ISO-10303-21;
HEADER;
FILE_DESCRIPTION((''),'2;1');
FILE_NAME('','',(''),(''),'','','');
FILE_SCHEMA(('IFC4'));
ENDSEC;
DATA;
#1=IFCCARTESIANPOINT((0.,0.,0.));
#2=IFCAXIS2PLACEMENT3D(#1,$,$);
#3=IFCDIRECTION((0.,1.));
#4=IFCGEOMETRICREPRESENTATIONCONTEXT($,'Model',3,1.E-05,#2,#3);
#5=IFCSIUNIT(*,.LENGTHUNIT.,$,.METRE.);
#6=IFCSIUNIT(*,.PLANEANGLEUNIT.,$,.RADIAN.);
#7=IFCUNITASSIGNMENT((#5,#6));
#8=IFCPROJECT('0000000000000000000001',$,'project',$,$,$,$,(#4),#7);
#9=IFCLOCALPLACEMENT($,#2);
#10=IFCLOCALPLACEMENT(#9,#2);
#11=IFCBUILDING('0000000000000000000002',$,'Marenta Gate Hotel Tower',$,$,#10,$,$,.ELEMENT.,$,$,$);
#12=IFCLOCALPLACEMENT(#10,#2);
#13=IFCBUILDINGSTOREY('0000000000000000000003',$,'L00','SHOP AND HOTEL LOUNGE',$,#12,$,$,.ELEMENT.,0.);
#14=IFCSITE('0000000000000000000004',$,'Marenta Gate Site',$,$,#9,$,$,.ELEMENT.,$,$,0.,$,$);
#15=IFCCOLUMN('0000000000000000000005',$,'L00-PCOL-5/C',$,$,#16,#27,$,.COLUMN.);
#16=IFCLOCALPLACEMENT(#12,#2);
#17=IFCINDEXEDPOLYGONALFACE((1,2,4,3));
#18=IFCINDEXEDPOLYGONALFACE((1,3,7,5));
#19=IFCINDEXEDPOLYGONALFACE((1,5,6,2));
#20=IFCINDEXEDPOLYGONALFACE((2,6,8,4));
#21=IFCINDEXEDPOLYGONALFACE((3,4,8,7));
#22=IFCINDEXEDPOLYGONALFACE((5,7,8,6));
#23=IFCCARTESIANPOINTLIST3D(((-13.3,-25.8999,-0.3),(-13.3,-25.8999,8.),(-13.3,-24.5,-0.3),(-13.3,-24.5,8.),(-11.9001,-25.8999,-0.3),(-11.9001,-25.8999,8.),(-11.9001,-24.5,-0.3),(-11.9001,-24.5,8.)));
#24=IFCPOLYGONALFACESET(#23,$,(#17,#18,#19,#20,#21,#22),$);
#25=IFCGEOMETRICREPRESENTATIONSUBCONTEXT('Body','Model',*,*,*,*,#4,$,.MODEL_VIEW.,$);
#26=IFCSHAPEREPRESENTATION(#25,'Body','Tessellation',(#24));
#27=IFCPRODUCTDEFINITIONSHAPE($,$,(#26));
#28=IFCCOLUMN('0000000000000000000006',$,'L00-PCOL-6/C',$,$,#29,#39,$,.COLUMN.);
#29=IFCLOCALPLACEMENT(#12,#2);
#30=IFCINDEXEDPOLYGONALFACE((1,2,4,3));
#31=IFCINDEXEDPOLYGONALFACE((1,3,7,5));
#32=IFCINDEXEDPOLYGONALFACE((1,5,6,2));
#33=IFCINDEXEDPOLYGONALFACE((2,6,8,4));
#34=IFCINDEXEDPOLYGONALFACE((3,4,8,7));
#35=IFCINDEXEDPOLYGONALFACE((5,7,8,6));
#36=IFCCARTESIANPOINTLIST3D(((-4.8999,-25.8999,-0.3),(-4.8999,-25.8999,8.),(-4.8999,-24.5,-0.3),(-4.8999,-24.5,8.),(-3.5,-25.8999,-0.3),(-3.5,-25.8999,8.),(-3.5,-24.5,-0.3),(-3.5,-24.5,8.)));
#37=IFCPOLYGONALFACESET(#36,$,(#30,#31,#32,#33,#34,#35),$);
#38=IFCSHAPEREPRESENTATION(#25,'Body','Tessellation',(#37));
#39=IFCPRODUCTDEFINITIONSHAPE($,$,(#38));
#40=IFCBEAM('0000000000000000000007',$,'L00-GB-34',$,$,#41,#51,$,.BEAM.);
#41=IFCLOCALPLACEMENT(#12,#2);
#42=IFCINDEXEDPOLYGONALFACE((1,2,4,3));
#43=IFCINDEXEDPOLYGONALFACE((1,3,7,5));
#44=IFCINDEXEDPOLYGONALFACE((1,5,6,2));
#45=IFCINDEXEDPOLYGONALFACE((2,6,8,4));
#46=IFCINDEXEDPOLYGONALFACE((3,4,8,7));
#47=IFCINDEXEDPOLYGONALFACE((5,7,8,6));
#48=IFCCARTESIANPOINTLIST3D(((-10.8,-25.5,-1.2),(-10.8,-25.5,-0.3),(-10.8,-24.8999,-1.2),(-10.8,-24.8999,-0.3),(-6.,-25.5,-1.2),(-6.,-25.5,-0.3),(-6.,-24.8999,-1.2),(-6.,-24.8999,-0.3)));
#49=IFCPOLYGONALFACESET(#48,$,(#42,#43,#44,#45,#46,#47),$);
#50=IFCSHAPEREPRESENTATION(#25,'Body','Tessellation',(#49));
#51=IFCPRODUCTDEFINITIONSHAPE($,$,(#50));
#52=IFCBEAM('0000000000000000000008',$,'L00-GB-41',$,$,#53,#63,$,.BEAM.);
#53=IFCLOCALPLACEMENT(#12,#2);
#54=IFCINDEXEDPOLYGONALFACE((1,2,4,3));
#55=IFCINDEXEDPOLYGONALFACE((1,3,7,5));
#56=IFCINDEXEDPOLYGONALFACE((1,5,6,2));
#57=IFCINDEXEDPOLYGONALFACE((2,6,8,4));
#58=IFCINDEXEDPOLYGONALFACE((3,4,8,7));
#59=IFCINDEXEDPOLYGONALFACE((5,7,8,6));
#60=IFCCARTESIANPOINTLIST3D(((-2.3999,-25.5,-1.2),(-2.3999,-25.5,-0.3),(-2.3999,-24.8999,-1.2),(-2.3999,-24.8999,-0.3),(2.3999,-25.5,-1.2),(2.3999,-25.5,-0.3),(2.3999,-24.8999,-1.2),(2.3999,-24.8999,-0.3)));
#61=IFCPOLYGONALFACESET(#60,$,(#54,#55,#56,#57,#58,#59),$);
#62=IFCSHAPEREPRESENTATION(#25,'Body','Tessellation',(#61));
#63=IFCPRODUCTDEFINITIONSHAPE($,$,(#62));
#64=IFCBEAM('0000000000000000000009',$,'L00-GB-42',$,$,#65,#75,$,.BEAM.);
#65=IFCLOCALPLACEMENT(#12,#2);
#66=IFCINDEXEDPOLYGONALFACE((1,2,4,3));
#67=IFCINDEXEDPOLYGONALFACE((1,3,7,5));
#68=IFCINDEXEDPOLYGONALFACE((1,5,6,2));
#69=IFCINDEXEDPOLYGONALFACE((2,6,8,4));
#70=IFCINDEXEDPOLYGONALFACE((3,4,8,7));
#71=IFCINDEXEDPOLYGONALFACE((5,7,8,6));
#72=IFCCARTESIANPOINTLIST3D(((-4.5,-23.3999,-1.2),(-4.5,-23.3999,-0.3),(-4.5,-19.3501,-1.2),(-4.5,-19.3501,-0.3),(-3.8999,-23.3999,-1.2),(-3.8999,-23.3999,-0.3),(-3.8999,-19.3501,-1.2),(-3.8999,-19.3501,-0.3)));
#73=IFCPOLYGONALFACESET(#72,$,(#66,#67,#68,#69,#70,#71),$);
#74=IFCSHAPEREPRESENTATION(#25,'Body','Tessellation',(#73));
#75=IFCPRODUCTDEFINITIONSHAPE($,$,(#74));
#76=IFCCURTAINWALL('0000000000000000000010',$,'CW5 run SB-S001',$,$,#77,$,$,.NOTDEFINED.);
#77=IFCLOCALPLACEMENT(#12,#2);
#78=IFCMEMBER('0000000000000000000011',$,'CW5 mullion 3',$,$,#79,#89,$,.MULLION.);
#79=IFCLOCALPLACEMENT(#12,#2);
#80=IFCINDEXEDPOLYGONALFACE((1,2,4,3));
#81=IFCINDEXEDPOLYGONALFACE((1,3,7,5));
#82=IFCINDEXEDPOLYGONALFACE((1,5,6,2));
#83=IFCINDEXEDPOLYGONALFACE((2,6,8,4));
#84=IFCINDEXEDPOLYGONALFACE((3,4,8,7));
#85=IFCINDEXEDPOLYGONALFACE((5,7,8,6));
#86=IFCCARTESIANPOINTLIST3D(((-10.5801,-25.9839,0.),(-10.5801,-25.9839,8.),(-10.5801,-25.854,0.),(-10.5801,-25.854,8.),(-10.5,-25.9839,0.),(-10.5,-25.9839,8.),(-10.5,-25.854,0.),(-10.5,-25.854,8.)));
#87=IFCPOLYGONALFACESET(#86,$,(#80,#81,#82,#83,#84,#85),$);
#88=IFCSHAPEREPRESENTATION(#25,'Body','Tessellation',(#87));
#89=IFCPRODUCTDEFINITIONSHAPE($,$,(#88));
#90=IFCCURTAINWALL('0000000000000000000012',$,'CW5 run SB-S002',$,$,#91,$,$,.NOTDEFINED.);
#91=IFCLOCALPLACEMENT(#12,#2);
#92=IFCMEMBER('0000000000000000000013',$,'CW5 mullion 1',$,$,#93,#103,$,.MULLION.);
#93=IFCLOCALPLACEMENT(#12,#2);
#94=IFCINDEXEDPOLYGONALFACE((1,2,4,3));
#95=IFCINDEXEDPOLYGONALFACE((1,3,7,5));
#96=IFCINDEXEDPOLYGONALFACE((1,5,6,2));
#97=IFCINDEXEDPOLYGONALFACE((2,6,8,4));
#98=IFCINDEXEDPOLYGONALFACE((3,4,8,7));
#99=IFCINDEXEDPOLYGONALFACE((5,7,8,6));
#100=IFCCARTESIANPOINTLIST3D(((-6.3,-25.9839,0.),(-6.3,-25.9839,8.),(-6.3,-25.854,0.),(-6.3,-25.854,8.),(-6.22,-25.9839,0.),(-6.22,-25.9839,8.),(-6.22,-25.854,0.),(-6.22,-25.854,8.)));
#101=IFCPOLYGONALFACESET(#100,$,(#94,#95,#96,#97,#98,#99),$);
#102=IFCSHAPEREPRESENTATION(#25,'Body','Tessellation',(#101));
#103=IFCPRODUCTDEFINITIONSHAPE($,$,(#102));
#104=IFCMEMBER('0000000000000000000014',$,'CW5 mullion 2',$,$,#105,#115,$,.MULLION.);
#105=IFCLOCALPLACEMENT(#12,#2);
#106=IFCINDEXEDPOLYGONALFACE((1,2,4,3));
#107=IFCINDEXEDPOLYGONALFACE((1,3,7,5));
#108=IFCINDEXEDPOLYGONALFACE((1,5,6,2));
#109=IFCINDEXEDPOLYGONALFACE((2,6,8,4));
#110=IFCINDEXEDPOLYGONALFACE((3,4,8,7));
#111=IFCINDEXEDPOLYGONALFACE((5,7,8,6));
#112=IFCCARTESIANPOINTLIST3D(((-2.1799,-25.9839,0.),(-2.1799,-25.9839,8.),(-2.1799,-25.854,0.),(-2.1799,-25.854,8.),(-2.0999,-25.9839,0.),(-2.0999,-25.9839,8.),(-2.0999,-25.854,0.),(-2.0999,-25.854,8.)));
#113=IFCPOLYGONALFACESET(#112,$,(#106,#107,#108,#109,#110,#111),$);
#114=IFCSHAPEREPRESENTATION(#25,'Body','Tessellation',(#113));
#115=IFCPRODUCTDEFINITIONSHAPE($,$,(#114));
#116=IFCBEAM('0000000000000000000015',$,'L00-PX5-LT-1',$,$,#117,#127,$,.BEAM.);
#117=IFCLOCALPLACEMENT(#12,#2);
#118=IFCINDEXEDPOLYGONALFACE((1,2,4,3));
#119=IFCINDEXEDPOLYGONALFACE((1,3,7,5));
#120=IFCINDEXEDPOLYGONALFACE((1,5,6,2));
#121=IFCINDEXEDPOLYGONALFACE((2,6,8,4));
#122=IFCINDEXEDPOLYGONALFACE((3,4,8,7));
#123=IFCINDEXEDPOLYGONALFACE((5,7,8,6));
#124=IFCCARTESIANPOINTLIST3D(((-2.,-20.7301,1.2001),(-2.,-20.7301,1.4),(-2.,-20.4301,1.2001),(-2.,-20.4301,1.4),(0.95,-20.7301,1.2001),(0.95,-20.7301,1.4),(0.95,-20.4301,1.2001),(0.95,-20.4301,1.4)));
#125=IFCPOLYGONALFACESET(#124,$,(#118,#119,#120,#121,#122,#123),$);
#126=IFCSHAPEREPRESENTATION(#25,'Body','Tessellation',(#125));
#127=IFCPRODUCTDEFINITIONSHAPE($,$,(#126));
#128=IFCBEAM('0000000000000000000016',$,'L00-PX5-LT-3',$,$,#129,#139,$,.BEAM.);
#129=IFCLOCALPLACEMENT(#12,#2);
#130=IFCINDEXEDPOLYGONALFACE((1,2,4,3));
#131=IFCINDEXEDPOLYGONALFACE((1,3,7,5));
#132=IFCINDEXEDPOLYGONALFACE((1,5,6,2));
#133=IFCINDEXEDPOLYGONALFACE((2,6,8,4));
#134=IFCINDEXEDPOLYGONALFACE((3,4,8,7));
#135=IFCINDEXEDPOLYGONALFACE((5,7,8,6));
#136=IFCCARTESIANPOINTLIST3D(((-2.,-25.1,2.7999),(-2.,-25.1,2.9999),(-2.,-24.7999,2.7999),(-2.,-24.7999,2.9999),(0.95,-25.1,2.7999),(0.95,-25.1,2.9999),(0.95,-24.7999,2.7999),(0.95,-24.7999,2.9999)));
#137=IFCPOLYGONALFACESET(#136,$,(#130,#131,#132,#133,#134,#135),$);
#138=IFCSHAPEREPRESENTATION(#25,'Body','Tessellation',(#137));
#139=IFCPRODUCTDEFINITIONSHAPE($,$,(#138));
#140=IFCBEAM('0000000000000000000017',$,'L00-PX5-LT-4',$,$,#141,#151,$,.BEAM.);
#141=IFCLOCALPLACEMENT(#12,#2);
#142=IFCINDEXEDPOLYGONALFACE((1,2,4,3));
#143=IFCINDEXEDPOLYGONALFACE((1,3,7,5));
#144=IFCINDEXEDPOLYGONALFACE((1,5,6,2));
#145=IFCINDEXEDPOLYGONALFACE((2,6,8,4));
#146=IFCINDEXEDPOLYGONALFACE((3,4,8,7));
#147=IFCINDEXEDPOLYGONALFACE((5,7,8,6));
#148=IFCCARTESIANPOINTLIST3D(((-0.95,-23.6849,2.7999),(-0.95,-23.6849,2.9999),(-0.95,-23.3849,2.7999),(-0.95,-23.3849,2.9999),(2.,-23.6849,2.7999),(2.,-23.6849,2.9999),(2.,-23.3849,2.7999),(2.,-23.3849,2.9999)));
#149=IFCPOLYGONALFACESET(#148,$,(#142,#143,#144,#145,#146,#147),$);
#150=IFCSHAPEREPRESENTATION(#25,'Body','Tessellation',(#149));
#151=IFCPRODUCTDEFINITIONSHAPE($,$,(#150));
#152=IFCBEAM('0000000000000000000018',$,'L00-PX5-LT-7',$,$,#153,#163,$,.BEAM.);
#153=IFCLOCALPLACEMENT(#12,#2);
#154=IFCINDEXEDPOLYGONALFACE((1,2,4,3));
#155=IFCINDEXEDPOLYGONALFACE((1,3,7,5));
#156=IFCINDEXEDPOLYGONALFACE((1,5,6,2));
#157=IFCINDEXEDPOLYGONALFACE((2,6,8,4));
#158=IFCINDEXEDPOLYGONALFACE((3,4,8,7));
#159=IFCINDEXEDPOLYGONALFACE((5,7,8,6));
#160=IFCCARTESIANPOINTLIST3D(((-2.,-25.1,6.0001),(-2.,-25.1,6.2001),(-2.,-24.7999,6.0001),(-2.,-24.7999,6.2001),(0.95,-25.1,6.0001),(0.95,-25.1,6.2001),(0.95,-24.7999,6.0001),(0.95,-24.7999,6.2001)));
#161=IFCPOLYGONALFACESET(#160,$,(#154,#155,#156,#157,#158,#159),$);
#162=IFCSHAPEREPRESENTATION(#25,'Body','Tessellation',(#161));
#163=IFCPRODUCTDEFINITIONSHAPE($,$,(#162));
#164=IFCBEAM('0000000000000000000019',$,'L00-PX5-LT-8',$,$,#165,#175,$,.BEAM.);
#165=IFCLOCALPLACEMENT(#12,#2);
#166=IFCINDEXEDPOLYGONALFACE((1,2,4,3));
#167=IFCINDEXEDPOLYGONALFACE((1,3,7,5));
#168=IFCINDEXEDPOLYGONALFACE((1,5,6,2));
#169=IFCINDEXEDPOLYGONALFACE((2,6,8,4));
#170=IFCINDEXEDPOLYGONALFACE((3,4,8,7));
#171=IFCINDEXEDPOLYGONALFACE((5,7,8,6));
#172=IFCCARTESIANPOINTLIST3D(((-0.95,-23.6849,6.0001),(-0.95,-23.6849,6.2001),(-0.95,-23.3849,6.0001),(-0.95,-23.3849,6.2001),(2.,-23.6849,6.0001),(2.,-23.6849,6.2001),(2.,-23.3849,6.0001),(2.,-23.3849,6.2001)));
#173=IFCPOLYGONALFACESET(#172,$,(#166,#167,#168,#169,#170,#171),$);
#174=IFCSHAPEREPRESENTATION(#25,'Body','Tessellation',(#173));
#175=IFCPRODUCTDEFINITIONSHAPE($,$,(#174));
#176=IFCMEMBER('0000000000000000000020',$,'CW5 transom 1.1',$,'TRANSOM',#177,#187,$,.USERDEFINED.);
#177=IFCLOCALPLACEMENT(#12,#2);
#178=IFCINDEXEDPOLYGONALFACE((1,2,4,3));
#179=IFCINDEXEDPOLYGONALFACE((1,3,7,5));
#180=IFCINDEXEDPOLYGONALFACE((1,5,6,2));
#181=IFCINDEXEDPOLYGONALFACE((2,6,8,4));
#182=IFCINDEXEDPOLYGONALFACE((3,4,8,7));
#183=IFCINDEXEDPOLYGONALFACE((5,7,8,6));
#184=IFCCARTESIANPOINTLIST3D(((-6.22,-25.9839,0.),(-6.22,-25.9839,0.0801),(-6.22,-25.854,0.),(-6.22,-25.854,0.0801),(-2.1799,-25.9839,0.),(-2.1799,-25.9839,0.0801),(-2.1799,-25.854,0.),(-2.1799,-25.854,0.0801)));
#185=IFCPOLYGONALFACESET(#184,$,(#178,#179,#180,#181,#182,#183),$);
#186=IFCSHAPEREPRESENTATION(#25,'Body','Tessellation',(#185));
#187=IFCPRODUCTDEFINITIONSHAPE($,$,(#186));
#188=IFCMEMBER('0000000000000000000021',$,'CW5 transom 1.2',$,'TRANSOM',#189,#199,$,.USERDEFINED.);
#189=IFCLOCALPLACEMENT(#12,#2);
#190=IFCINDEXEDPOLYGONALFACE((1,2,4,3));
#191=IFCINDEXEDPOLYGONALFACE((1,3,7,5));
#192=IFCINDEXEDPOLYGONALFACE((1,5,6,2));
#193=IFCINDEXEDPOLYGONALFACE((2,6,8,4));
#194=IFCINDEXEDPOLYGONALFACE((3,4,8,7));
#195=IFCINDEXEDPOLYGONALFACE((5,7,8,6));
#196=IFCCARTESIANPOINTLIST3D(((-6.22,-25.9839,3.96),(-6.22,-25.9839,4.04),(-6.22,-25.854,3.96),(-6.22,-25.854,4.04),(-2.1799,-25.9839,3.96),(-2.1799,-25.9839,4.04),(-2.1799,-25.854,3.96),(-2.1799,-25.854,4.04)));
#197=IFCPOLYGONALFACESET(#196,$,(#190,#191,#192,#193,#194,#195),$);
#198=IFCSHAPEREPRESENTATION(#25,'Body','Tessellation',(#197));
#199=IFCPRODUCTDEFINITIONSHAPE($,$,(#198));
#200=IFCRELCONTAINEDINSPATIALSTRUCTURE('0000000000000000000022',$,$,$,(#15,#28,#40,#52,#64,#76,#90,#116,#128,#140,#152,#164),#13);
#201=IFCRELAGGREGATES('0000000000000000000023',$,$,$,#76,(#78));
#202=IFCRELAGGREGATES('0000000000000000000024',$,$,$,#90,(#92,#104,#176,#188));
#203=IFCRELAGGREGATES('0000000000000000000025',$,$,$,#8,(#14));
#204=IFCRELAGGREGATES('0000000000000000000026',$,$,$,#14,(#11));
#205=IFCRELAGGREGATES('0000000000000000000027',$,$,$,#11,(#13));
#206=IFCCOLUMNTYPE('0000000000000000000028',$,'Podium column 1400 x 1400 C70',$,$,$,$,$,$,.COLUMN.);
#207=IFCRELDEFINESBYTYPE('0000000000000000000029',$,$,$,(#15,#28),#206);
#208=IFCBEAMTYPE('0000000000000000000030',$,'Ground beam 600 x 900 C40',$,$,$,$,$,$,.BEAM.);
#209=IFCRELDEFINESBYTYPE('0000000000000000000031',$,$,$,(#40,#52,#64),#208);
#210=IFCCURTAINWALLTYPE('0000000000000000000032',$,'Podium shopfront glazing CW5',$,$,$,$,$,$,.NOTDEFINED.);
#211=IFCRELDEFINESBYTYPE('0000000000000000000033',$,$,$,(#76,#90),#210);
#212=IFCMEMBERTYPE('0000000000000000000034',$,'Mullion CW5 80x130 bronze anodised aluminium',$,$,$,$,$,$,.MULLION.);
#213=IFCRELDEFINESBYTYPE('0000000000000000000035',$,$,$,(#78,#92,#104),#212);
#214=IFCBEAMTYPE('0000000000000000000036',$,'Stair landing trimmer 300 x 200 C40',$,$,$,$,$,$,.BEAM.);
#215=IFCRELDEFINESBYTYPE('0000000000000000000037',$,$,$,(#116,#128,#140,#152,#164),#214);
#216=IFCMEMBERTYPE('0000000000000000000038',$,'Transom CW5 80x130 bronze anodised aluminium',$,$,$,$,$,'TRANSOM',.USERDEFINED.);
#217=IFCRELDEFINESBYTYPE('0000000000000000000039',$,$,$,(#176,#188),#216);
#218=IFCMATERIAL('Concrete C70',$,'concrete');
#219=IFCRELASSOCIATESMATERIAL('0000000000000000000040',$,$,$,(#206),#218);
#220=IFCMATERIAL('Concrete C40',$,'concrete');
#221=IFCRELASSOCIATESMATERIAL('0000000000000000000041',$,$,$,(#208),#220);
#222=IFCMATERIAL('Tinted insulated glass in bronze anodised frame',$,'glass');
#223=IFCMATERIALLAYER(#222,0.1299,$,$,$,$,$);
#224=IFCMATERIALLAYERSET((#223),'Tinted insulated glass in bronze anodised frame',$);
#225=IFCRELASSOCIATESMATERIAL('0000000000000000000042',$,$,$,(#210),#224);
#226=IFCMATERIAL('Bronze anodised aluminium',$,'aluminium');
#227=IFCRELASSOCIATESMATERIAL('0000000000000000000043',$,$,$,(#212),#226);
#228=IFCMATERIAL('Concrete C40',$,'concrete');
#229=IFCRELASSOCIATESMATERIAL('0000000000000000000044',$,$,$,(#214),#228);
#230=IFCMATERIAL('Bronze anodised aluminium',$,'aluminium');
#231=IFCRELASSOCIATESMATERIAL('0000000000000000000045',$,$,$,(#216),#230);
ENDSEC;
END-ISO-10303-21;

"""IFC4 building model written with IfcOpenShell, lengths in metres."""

from ifc_helpers import new_model, si_unit, direction, frame, origin, origin_2d, place, context, subcontext, project, spatial, rectangle, extrude, material, layer, layer_set, material_profile, profile_set, type_object, element, aggregate, save


model = new_model("IFC4")

# Units and contexts
model_context = context("Model", 3, precision=1e-05, world=origin(), true_north=direction((0.0, 1.0)))
body_context = subcontext(model_context, "Body", "Model", "MODEL_VIEW")
ifc_project = project(units=[si_unit("LENGTHUNIT", "METRE"), si_unit("PLANEANGLEUNIT", "RADIAN")], contexts=[model_context])

# Site, building, storey
site_placement = place(None, origin())
site = spatial("IfcSite", under=ifc_project, at=site_placement, Name="Marenta Gate Site", CompositionType="ELEMENT", RefElevation=0.0)
building_placement = place(site_placement, origin())
building = spatial("IfcBuilding", under=site, at=building_placement, Name="Marenta Gate Hotel Tower", CompositionType="ELEMENT")
storey_placement = place(building_placement, origin())
storey = spatial("IfcBuildingStorey", under=building, at=storey_placement, Name="L00", Description="SHOP AND HOTEL LOUNGE", CompositionType="ELEMENT", Elevation=0.0)

# Columns
ifc_material_1 = material(Name="Concrete C70", Category="concrete")
ifc_material_profile_1 = material_profile(ifc_material_1, rectangle(XDim=1.3999, YDim=1.3999, at=origin_2d()), Name="1400 x 1400")
ifc_profile_set_1 = profile_set([ifc_material_profile_1], Name="Concrete C70")
column_type = type_object("IfcColumnType", Name="Podium column 1400 x 1400 C70", PredefinedType="COLUMN", material=ifc_profile_set_1)
for number, where, z_axis, x_axis, name in (
    (1, (-12.6001, -25.2, -0.3), (0.0, 0.0, 1.0), (1.0, 0.0, 0.0), "L00-PCOL-5/C"),
    (2, (-4.2, -25.2, -0.3), (0.0, 0.0, 1.0), (1.0, 0.0, 0.0), "L00-PCOL-6/C"),
):
    element("IfcColumn", number, at=place(storey_placement, frame(where, z_axis=z_axis, x_axis=x_axis)), inside=storey, type_object=column_type, Name=name, PredefinedType="COLUMN", context=body_context, shape_type="SweptSolid", body=[
        extrude(rectangle(XDim=1.3999, YDim=1.3999, at=origin_2d()), origin(), (0.0, 0.0, 1.0), 8.3),
    ])

# Beams
ifc_material_2 = material(Name="Concrete C40", Category="concrete")
ifc_material_profile_2 = material_profile(ifc_material_2, rectangle(XDim=0.6001, YDim=0.8999, at=origin_2d()), Name="600 x 900")
ifc_profile_set_2 = profile_set([ifc_material_profile_2], Name="Concrete C40")
beam_type_1 = type_object("IfcBeamType", Name="Ground beam 600 x 900 C40", PredefinedType="BEAM", material=ifc_profile_set_2)
beam_1_placement = place(storey_placement, frame((-10.8, -25.2, -0.75), z_axis=(1.0, 0.0, 0.0), x_axis=(0.0, 1.0, 0.0)))
element("IfcBeam", 3, at=beam_1_placement, inside=storey, type_object=beam_type_1, Name="L00-GB-34", PredefinedType="BEAM", context=body_context, shape_type="SweptSolid", body=[
    extrude(rectangle(XDim=0.6001, YDim=0.8999, at=origin_2d()), origin(), (0.0, 0.0, 1.0), 4.8),
])
beam_2_placement = place(storey_placement, frame((-2.3999, -25.2, -0.75), z_axis=(1.0, 0.0, 0.0), x_axis=(0.0, 1.0, 0.0)))
element("IfcBeam", 4, at=beam_2_placement, inside=storey, type_object=beam_type_1, Name="L00-GB-41", PredefinedType="BEAM", context=body_context, shape_type="SweptSolid", body=[
    extrude(rectangle(XDim=0.6001, YDim=0.8999, at=origin_2d()), origin(), (0.0, 0.0, 1.0), 4.7998),
])
beam_3_placement = place(storey_placement, frame((-4.2, -23.3999, -0.75), z_axis=(0.0, 1.0, 0.0), x_axis=(-1.0, 0.0, 0.0)))
element("IfcBeam", 5, at=beam_3_placement, inside=storey, type_object=beam_type_1, Name="L00-GB-42", PredefinedType="BEAM", context=body_context, shape_type="SweptSolid", body=[
    extrude(rectangle(XDim=0.6001, YDim=0.8999, at=origin_2d()), origin(), (0.0, 0.0, 1.0), 4.0498),
])

# Curtain wall, member
ifc_material_3 = material(Name="Tinted insulated glass in bronze anodised frame", Category="glass")
ifc_layer_1 = layer(ifc_material_3, 0.1299)
ifc_layer_set_1 = layer_set([ifc_layer_1], Name="Tinted insulated glass in bronze anodised frame")
curtain_wall_type = type_object("IfcCurtainWallType", Name="Podium shopfront glazing CW5", PredefinedType="NOTDEFINED", material=ifc_layer_set_1)
curtain_wall_1_placement = place(storey_placement, origin())
curtain_wall_1 = element("IfcCurtainWall", 6, at=curtain_wall_1_placement, inside=storey, type_object=curtain_wall_type, Name="CW5 run SB-S001", PredefinedType="NOTDEFINED")
ifc_material_4 = material(Name="Bronze anodised aluminium", Category="aluminium")
ifc_material_profile_3 = material_profile(ifc_material_4, rectangle(XDim=0.1299, YDim=0.0801, at=origin_2d()), Name="Mullion CW5 80x130 bronze anodised aluminium")
ifc_profile_set_3 = profile_set([ifc_material_profile_3], Name="Bronze anodised aluminium")
member_type_1 = type_object("IfcMemberType", Name="Mullion CW5 80x130 bronze anodised aluminium", PredefinedType="MULLION", material=ifc_profile_set_3)
member_1_placement = place(storey_placement, frame((-10.54, -25.9189, 0.0), z_axis=(0.0, 0.0, 1.0), x_axis=(0.0, 1.0, 0.0)))
member_1 = element("IfcMember", 7, at=member_1_placement, type_object=member_type_1, Name="CW5 mullion 3", PredefinedType="MULLION", context=body_context, shape_type="SweptSolid", body=[
    extrude(rectangle(XDim=0.1299, YDim=0.0801, at=origin_2d()), origin(), (0.0, 0.0, 1.0), 8.0),
])
aggregate(curtain_wall_1, [member_1])

# Curtain wall, members
curtain_wall_2_placement = place(storey_placement, origin())
curtain_wall_2 = element("IfcCurtainWall", 8, at=curtain_wall_2_placement, inside=storey, type_object=curtain_wall_type, Name="CW5 run SB-S002", PredefinedType="NOTDEFINED")
member_2_placement = place(storey_placement, frame((-6.26, -25.9189, 0.0), z_axis=(0.0, 0.0, 1.0), x_axis=(0.0, 1.0, 0.0)))
member_2 = element("IfcMember", 9, at=member_2_placement, type_object=member_type_1, Name="CW5 mullion 1", PredefinedType="MULLION", context=body_context, shape_type="SweptSolid", body=[
    extrude(rectangle(XDim=0.1299, YDim=0.0801, at=origin_2d()), origin(), (0.0, 0.0, 1.0), 8.0),
])
member_3_placement = place(storey_placement, frame((-2.1399, -25.9189, 0.0), z_axis=(0.0, 0.0, 1.0), x_axis=(0.0, 1.0, 0.0)))
member_3 = element("IfcMember", 10, at=member_3_placement, type_object=member_type_1, Name="CW5 mullion 2", PredefinedType="MULLION", context=body_context, shape_type="SweptSolid", body=[
    extrude(rectangle(XDim=0.1299, YDim=0.0801, at=origin_2d()), origin(), (0.0, 0.0, 1.0), 8.0),
])

# Beams
ifc_material_5 = material(Name="Concrete C40", Category="concrete")
ifc_material_profile_4 = material_profile(ifc_material_5, rectangle(XDim=0.3, YDim=0.2, at=origin_2d()), Name="300 x 200")
ifc_profile_set_4 = profile_set([ifc_material_profile_4], Name="Concrete C40")
beam_type_2 = type_object("IfcBeamType", Name="Stair landing trimmer 300 x 200 C40", PredefinedType="BEAM", material=ifc_profile_set_4)
for number, where, z_axis, x_axis, name in (
    (11, (-2.0, -20.5801, 1.3), (1.0, 0.0, 0.0), (0.0, 1.0, 0.0), "L00-PX5-LT-1"),
    (12, (-2.0, -24.95, 2.8999), (1.0, 0.0, 0.0), (0.0, 1.0, 0.0), "L00-PX5-LT-3"),
    (13, (-0.95, -23.5349, 2.8999), (1.0, 0.0, 0.0), (0.0, 1.0, 0.0), "L00-PX5-LT-4"),
    (14, (-2.0, -24.95, 6.1001), (1.0, 0.0, 0.0), (0.0, 1.0, 0.0), "L00-PX5-LT-7"),
    (15, (-0.95, -23.5349, 6.1001), (1.0, 0.0, 0.0), (0.0, 1.0, 0.0), "L00-PX5-LT-8"),
):
    element("IfcBeam", number, at=place(storey_placement, frame(where, z_axis=z_axis, x_axis=x_axis)), inside=storey, type_object=beam_type_2, Name=name, PredefinedType="BEAM", context=body_context, shape_type="SweptSolid", body=[
        extrude(rectangle(XDim=0.3, YDim=0.2, at=origin_2d()), origin(), (0.0, 0.0, 1.0), 2.95),
    ])

# Members
ifc_material_6 = material(Name="Bronze anodised aluminium", Category="aluminium")
ifc_material_profile_5 = material_profile(ifc_material_6, rectangle(XDim=0.1299, YDim=0.0801, at=origin_2d()), Name="Transom CW5 80x130 bronze anodised aluminium")
ifc_profile_set_5 = profile_set([ifc_material_profile_5], Name="Bronze anodised aluminium")
member_type_2 = type_object("IfcMemberType", Name="Transom CW5 80x130 bronze anodised aluminium", ElementType="TRANSOM", PredefinedType="USERDEFINED", material=ifc_profile_set_5)
member_4_placement = place(storey_placement, frame((-6.22, -25.9189, 0.04), z_axis=(1.0, 0.0, 0.0), x_axis=(0.0, 1.0, 0.0)))
member_4 = element("IfcMember", 16, at=member_4_placement, type_object=member_type_2, Name="CW5 transom 1.1", ObjectType="TRANSOM", PredefinedType="USERDEFINED", context=body_context, shape_type="SweptSolid", body=[
    extrude(rectangle(XDim=0.1299, YDim=0.0801, at=origin_2d()), origin(), (0.0, 0.0, 1.0), 4.04),
])
member_5_placement = place(storey_placement, frame((-6.22, -25.9189, 4.0), z_axis=(1.0, 0.0, 0.0), x_axis=(0.0, 1.0, 0.0)))
member_5 = element("IfcMember", 17, at=member_5_placement, type_object=member_type_2, Name="CW5 transom 1.2", ObjectType="TRANSOM", PredefinedType="USERDEFINED", context=body_context, shape_type="SweptSolid", body=[
    extrude(rectangle(XDim=0.1299, YDim=0.0801, at=origin_2d()), origin(), (0.0, 0.0, 1.0), 4.04),
])

aggregate(curtain_wall_2, [member_2, member_3, member_4, member_5])

save(model, "model.ifc")
